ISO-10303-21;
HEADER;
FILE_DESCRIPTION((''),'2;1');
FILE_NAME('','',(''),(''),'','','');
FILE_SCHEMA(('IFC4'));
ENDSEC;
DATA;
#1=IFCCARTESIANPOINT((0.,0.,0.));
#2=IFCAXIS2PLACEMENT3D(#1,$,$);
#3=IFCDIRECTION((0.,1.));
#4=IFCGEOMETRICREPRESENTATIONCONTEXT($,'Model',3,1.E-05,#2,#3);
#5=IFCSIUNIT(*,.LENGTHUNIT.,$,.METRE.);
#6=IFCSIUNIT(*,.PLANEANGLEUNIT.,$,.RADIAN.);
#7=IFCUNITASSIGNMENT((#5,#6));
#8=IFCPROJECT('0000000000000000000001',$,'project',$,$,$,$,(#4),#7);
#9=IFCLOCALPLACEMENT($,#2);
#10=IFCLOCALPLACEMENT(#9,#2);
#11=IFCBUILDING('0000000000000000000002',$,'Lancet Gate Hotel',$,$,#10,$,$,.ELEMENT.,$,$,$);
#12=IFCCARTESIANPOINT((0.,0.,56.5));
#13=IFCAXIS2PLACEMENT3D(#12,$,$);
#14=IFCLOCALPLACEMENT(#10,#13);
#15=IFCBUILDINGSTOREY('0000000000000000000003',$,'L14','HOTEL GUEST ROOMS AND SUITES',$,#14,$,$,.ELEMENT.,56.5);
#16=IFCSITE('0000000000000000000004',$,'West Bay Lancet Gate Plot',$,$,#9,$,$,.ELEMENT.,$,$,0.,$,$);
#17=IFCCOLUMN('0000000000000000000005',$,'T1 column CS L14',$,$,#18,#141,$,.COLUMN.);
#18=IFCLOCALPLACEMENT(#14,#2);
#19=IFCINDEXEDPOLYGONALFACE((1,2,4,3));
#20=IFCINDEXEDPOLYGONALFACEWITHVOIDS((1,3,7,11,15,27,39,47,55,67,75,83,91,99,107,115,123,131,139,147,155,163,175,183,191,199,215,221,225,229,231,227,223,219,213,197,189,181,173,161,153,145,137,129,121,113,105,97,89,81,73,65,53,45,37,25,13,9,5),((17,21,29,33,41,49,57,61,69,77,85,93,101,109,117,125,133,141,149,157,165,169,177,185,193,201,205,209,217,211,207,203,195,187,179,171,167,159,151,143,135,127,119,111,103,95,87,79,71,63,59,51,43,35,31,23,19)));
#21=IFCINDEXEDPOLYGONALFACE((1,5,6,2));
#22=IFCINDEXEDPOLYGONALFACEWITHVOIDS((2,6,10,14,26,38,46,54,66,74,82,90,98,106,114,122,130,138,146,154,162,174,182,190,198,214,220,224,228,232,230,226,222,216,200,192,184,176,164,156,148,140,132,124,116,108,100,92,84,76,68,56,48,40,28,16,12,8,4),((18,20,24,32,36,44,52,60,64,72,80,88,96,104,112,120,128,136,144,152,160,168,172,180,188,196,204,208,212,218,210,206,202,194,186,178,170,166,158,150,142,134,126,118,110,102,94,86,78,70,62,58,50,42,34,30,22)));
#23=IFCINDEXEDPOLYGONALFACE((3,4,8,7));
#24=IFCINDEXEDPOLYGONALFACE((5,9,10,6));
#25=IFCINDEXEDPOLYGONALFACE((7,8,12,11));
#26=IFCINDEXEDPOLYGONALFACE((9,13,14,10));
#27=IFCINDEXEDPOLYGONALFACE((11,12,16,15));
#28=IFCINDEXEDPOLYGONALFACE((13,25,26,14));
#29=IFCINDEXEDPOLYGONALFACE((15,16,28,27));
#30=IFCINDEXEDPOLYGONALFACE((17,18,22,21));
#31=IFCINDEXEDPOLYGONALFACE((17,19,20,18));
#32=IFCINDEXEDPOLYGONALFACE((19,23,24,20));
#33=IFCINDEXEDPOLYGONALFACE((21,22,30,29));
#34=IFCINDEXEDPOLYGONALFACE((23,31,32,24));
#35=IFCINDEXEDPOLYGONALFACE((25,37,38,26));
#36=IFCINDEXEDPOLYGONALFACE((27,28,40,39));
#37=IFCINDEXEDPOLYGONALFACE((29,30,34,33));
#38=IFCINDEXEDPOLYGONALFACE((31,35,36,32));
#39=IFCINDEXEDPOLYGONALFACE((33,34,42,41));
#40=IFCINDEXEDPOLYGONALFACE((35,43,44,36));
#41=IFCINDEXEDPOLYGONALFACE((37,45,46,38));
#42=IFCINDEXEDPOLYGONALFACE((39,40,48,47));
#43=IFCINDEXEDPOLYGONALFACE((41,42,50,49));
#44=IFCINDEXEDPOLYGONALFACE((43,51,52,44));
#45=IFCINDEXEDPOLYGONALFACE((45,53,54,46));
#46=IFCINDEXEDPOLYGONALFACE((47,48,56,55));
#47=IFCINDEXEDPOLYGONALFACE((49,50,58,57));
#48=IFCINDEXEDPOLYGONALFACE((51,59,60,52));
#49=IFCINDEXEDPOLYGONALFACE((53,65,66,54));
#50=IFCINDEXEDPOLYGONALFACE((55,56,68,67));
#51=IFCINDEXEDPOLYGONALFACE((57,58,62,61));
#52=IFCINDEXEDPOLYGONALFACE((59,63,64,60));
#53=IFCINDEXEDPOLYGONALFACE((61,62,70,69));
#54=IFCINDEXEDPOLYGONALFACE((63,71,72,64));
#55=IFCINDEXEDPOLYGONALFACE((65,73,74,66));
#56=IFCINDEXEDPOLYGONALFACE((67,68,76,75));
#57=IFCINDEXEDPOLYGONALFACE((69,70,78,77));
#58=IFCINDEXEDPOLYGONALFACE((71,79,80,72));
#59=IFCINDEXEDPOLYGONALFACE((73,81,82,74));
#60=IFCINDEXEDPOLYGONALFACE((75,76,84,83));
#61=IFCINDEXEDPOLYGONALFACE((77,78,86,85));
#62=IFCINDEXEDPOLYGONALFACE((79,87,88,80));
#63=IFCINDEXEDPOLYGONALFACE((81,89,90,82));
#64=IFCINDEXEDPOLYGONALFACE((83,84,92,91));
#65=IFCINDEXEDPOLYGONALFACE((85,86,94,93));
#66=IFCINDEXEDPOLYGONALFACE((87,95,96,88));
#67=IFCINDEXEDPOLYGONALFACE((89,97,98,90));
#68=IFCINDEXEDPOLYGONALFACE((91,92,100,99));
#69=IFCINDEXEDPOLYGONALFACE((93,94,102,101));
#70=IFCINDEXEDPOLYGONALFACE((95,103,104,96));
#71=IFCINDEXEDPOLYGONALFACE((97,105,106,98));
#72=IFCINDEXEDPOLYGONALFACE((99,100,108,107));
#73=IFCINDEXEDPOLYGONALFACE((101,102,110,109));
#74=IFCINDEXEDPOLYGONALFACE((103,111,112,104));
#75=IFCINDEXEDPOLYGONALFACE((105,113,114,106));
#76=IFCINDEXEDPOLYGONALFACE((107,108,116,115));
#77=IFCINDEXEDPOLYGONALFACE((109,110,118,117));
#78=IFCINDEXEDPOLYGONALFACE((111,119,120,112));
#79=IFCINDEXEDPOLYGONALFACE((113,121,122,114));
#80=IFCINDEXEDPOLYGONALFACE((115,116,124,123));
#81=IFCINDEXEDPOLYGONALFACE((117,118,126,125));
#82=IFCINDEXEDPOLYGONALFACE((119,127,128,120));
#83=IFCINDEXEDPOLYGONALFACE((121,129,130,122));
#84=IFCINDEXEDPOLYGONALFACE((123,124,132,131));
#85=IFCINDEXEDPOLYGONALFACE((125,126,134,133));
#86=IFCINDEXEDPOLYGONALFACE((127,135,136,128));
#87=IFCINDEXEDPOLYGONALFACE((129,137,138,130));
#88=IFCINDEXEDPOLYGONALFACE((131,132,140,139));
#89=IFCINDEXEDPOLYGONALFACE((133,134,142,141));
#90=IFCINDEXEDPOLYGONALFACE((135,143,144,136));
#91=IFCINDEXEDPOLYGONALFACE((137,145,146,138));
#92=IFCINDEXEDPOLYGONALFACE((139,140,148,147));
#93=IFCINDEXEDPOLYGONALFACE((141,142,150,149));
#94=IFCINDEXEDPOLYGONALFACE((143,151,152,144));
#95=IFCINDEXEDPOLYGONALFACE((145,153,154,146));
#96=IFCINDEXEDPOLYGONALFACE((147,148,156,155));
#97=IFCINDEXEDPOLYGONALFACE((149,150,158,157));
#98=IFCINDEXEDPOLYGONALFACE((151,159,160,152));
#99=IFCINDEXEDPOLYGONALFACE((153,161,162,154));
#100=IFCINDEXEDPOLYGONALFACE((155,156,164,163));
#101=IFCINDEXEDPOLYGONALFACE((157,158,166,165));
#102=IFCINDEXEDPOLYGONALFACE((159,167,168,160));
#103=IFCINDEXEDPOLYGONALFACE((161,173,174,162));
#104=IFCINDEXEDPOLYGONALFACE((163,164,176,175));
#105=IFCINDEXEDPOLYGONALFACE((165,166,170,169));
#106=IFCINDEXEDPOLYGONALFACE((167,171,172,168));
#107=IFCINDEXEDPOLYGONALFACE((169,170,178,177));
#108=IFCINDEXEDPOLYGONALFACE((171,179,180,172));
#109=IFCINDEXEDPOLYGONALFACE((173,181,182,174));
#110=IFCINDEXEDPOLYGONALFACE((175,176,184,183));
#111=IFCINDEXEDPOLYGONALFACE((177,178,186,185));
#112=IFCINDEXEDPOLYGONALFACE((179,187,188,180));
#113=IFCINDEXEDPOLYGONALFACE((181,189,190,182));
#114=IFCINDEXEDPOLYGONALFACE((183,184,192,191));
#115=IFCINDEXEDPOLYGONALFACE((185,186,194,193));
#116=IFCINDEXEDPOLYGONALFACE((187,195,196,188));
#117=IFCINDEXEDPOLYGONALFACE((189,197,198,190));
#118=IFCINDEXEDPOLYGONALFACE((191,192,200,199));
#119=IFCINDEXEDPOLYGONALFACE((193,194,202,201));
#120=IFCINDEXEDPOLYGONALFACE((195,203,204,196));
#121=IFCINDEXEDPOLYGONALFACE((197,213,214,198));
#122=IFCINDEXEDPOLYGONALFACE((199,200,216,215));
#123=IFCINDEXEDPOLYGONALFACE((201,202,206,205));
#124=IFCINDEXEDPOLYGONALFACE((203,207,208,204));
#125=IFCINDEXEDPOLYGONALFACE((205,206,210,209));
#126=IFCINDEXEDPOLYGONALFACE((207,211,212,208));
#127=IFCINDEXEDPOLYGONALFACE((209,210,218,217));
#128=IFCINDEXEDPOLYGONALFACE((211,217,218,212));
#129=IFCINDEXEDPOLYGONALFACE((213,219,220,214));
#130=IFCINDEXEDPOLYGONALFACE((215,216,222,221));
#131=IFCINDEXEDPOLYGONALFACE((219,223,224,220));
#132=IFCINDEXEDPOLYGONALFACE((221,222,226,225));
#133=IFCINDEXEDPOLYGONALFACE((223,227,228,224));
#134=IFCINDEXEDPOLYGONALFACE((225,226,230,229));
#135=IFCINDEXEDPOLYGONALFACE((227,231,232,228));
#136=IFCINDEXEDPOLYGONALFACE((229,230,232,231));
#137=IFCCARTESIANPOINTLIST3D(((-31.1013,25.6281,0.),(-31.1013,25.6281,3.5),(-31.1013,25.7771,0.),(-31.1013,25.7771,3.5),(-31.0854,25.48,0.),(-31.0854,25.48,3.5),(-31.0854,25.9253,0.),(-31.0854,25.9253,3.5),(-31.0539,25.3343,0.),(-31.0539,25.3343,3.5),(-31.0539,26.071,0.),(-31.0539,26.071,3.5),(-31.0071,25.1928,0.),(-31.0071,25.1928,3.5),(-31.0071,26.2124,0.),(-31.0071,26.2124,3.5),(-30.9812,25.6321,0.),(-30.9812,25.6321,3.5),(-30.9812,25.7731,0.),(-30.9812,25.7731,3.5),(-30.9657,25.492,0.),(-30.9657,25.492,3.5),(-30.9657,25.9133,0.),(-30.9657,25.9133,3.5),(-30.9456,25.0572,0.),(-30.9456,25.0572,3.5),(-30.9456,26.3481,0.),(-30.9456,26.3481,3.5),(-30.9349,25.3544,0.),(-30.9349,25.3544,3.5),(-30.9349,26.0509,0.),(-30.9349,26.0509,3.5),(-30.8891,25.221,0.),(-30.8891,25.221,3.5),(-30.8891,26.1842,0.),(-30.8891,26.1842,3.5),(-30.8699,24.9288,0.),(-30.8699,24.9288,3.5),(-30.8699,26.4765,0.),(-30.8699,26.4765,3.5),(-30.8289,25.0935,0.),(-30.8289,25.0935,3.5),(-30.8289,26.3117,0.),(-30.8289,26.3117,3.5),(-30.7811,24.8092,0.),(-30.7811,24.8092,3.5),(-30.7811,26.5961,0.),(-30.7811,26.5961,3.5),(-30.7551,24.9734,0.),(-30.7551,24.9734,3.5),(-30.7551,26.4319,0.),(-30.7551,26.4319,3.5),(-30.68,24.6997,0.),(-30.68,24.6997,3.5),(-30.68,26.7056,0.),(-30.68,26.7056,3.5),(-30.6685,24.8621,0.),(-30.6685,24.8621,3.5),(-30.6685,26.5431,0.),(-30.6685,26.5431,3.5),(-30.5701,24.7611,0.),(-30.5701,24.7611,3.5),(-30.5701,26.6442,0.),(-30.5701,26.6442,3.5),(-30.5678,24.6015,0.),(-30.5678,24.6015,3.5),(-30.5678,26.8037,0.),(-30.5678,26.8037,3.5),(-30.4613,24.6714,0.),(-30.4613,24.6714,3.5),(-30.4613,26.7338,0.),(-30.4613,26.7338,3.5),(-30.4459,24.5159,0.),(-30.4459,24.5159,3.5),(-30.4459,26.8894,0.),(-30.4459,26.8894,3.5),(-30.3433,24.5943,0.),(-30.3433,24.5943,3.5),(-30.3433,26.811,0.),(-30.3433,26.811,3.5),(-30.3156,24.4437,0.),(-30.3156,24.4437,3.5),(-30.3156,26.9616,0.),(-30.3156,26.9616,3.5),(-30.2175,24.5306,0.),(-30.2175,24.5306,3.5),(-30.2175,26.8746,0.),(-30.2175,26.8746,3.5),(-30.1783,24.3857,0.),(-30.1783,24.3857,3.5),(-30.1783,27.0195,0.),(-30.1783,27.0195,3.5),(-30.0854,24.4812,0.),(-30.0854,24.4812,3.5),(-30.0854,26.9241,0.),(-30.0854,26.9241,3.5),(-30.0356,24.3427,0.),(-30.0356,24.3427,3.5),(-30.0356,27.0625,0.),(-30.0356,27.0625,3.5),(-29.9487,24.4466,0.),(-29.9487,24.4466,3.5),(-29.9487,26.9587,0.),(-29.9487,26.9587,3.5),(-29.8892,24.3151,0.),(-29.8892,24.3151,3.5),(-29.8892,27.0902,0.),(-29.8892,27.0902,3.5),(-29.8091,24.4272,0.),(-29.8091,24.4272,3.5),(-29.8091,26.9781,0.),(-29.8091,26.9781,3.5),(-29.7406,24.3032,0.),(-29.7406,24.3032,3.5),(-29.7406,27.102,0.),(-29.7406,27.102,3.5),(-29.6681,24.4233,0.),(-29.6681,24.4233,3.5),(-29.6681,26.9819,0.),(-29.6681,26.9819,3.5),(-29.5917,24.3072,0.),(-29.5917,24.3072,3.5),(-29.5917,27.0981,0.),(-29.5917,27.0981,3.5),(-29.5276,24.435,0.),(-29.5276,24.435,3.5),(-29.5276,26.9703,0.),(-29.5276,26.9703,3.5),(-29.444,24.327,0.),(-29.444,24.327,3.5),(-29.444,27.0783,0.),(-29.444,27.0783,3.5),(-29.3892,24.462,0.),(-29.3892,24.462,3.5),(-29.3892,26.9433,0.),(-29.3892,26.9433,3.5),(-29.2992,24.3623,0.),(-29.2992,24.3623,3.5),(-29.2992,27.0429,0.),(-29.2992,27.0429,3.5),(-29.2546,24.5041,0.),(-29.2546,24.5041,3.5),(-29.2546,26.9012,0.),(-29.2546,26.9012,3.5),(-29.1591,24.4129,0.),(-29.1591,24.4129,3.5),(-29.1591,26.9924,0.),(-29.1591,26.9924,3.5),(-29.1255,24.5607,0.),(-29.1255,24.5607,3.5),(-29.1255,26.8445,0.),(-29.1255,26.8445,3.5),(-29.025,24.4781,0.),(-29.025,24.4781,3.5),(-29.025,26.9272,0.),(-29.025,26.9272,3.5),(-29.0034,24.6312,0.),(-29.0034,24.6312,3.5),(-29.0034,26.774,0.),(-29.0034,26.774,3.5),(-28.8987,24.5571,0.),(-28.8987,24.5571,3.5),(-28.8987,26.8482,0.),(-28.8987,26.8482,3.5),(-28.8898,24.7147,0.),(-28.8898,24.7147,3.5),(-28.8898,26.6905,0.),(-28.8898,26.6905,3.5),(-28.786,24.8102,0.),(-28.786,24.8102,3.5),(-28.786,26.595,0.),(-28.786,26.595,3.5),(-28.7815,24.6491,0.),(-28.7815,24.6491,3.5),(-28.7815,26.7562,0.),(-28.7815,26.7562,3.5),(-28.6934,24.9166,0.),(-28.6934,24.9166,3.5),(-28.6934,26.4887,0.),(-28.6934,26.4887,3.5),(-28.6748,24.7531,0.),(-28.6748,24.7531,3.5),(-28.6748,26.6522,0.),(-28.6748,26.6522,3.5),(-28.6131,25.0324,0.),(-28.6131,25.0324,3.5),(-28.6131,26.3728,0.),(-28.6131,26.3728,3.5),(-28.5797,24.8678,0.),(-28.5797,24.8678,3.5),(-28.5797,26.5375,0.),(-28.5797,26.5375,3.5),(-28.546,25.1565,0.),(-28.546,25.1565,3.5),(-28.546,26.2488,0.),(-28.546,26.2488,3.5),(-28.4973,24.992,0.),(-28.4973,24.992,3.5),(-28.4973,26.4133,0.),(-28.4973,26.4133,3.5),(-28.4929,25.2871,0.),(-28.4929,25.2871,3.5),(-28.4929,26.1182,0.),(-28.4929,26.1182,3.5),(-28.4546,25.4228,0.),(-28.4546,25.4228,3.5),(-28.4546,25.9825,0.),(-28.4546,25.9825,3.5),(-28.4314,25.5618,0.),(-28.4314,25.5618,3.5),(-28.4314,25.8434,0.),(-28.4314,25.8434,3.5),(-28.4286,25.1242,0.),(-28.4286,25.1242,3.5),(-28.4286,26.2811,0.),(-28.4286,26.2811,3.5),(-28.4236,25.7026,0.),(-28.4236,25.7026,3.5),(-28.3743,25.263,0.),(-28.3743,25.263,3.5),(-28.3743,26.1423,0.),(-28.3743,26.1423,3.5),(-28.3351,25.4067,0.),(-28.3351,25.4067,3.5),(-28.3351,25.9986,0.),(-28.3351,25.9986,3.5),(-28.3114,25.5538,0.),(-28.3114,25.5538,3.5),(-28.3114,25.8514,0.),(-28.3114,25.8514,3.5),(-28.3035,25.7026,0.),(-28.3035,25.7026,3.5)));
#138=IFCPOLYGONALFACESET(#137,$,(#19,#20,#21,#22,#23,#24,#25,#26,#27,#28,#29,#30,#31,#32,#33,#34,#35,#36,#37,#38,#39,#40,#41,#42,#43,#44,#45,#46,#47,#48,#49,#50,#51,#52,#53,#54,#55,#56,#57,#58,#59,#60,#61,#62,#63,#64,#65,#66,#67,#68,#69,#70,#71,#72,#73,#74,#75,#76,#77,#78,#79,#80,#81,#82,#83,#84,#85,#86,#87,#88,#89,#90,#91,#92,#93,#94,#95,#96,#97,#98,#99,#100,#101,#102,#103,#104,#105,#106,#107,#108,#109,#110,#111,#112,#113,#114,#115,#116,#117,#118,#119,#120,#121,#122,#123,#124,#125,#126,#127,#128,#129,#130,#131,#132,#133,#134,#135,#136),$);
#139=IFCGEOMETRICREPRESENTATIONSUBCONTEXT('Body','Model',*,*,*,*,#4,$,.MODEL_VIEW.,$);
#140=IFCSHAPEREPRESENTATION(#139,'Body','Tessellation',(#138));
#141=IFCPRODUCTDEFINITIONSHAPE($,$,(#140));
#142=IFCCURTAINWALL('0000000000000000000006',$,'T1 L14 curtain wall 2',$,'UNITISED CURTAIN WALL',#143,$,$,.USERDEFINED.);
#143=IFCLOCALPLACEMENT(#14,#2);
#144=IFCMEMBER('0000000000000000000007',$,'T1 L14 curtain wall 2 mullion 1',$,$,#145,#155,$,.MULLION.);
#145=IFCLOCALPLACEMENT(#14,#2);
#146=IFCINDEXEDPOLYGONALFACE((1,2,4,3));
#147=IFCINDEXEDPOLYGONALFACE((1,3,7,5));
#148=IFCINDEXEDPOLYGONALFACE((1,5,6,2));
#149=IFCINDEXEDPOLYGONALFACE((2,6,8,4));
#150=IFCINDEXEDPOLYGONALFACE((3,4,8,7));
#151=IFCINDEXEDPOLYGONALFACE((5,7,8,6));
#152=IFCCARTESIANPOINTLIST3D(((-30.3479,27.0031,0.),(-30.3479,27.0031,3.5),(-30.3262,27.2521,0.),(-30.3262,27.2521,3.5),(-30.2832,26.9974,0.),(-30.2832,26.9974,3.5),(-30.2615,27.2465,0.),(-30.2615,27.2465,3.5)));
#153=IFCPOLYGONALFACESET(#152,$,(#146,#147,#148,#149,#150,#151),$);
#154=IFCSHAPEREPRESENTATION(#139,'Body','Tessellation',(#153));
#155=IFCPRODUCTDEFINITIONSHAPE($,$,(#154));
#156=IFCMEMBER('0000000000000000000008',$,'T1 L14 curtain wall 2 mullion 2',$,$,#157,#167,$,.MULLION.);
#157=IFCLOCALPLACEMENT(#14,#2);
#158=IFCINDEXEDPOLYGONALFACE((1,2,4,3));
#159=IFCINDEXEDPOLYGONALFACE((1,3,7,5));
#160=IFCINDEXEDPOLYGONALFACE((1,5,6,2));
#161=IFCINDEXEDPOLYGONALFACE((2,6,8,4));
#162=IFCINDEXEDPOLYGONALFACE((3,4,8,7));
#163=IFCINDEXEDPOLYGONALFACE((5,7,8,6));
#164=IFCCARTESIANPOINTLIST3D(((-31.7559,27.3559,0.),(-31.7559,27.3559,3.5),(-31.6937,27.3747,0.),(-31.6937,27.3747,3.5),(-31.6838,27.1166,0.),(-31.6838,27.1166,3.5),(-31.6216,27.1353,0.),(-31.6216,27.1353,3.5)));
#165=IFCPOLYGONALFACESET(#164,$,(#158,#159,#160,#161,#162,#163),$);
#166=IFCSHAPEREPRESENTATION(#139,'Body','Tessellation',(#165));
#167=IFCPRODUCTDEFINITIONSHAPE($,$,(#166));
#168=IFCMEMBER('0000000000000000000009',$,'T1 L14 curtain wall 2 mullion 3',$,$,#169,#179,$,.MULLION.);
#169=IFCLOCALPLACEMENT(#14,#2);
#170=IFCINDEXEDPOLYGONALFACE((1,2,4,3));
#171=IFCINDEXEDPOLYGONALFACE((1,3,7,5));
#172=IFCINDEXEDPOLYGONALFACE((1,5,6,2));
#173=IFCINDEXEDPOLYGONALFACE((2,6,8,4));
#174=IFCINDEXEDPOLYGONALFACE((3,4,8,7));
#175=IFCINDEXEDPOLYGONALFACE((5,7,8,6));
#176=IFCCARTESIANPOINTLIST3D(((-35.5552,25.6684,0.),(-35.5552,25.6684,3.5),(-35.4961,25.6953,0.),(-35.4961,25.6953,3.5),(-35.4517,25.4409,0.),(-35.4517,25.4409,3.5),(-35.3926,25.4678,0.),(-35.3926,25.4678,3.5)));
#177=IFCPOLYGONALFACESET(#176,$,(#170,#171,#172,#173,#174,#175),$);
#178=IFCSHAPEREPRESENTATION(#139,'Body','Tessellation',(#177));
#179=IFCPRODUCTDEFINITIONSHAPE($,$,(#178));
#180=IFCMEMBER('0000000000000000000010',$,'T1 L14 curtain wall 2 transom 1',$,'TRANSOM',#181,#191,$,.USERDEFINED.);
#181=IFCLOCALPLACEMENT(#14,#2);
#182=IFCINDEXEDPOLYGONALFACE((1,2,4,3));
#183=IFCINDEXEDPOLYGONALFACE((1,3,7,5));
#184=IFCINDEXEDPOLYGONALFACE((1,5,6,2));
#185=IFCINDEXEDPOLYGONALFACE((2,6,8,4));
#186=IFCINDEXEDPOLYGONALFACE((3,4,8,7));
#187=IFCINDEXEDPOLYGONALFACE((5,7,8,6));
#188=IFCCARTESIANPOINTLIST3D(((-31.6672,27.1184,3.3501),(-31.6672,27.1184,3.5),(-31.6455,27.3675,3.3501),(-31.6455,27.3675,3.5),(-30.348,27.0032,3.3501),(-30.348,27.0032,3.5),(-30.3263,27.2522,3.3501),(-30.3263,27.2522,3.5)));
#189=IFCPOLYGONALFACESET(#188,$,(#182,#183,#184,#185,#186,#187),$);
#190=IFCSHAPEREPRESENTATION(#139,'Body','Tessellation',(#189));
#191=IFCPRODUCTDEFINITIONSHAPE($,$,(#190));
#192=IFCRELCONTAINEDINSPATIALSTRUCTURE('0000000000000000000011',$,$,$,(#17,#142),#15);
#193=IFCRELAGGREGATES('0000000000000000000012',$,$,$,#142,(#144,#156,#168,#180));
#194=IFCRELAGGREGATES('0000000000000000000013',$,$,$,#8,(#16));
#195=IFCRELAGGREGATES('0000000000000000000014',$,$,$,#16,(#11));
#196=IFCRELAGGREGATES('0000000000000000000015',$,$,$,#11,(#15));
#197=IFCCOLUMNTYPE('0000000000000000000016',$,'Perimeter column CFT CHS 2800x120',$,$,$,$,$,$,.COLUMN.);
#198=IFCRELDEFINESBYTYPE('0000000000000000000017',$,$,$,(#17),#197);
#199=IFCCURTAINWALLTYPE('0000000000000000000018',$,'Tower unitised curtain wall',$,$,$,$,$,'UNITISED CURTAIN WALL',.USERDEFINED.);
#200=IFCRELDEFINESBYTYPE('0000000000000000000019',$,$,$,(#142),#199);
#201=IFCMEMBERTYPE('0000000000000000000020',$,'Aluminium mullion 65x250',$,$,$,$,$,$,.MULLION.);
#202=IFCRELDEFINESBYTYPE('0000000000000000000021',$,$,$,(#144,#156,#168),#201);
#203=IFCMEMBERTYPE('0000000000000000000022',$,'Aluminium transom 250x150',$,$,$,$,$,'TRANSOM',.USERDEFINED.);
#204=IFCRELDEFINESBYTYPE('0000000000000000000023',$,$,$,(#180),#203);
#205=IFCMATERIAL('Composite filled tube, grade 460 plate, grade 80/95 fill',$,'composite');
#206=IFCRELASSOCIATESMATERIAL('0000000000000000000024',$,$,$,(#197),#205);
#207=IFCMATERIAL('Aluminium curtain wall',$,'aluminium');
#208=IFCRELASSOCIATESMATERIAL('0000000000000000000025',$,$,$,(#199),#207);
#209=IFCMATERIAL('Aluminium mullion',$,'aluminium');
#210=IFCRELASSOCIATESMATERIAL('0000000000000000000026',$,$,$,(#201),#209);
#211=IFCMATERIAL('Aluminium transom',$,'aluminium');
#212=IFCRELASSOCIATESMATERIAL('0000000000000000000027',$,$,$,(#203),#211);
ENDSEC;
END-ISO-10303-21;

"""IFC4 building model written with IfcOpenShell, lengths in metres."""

from ifc_helpers import new_model, si_unit, direction, frame, origin, origin_2d, place, context, subcontext, project, spatial, rectangle, hollow_circle, extrude, material, material_profile, profile_set, type_object, element, aggregate, save


model = new_model("IFC4")

# Units and contexts
model_context = context("Model", 3, precision=1e-05, world=origin(), true_north=direction((0.0, 1.0)))
body_context = subcontext(model_context, "Body", "Model", "MODEL_VIEW")
ifc_project = project(units=[si_unit("LENGTHUNIT", "METRE"), si_unit("PLANEANGLEUNIT", "RADIAN")], contexts=[model_context])

# Site, building, storey
site_placement = place(None, origin())
site = spatial("IfcSite", under=ifc_project, at=site_placement, Name="West Bay Lancet Gate Plot", CompositionType="ELEMENT", RefElevation=0.0)
building_placement = place(site_placement, origin())
building = spatial("IfcBuilding", under=site, at=building_placement, Name="Lancet Gate Hotel", CompositionType="ELEMENT")
storey_placement = place(building_placement, frame((0.0, 0.0, 56.5)))
storey = spatial("IfcBuildingStorey", under=building, at=storey_placement, Name="L14", Description="HOTEL GUEST ROOMS AND SUITES", CompositionType="ELEMENT", Elevation=56.5)

# Column
ifc_material_1 = material(Name="Composite filled tube, grade 460 plate, grade 80/95 fill", Category="composite")
ifc_material_profile_1 = material_profile(ifc_material_1, hollow_circle(Radius=1.3999, WallThickness=0.1201, at=origin_2d()), Name="CHS 2800x120")
ifc_profile_set_1 = profile_set([ifc_material_profile_1], Name="Composite filled tube, grade 460 plate, grade 80/95 fill")
column_type = type_object("IfcColumnType", Name="Perimeter column CFT CHS 2800x120", PredefinedType="COLUMN", material=ifc_profile_set_1)
column_placement = place(storey_placement, frame((-29.7034, 25.7026, 0.0), z_axis=(0.0, 0.0, 1.0), x_axis=(1.0, 0.0, 0.0)))
element("IfcColumn", 1, at=column_placement, inside=storey, type_object=column_type, Name="T1 column CS L14", PredefinedType="COLUMN", context=body_context, shape_type="SweptSolid", body=[
    extrude(hollow_circle(Radius=1.3999, WallThickness=0.1201, at=origin_2d()), origin(), (0.0, 0.0, 1.0), 3.5),
])

# Curtain wall, members
ifc_material_2 = material(Name="Aluminium curtain wall", Category="aluminium")
curtain_wall_type = type_object("IfcCurtainWallType", Name="Tower unitised curtain wall", ElementType="UNITISED CURTAIN WALL", PredefinedType="USERDEFINED", material=ifc_material_2)
curtain_wall_placement = place(storey_placement, origin())
curtain_wall = element("IfcCurtainWall", 2, at=curtain_wall_placement, inside=storey, type_object=curtain_wall_type, Name="T1 L14 curtain wall 2", ObjectType="UNITISED CURTAIN WALL", PredefinedType="USERDEFINED")
ifc_material_3 = material(Name="Aluminium mullion", Category="aluminium")
ifc_material_profile_2 = material_profile(ifc_material_3, rectangle(XDim=0.0649, YDim=0.25, at=origin_2d()), Name="MULLION 65x250")
ifc_profile_set_2 = profile_set([ifc_material_profile_2], Name="Aluminium mullion")
member_type_1 = type_object("IfcMemberType", Name="Aluminium mullion 65x250", PredefinedType="MULLION", material=ifc_profile_set_2)
member_1_placement = place(storey_placement, frame((-30.3047, 27.1248, 0.0), z_axis=(0.0, 0.0, 1.0), x_axis=(-0.996204, 0.087052, 0.0)))
member_1 = element("IfcMember", 3, at=member_1_placement, type_object=member_type_1, Name="T1 L14 curtain wall 2 mullion 1", PredefinedType="MULLION", context=body_context, shape_type="SweptSolid", body=[
    extrude(rectangle(XDim=0.0649, YDim=0.25, at=origin_2d()), origin(), (0.0, 0.0, 1.0), 3.5),
])
member_2_placement = place(storey_placement, frame((-31.6887, 27.2456, 0.0), z_axis=(0.0, 0.0, 1.0), x_axis=(-0.957524, -0.288352, 0.0)))
member_2 = element("IfcMember", 4, at=member_2_placement, type_object=member_type_1, Name="T1 L14 curtain wall 2 mullion 2", PredefinedType="MULLION", context=body_context, shape_type="SweptSolid", body=[
    extrude(rectangle(XDim=0.0649, YDim=0.25, at=origin_2d()), origin(), (0.0, 0.0, 1.0), 3.5),
])
member_3_placement = place(storey_placement, frame((-35.4739, 25.5681, 0.0), z_axis=(0.0, 0.0, 1.0), x_axis=(-0.91022, -0.414126, 0.0)))
member_3 = element("IfcMember", 5, at=member_3_placement, type_object=member_type_1, Name="T1 L14 curtain wall 2 mullion 3", PredefinedType="MULLION", context=body_context, shape_type="SweptSolid", body=[
    extrude(rectangle(XDim=0.0649, YDim=0.25, at=origin_2d()), origin(), (0.0, 0.0, 1.0), 3.5),
])
ifc_material_4 = material(Name="Aluminium transom", Category="aluminium")
ifc_material_profile_3 = material_profile(ifc_material_4, rectangle(XDim=0.25, YDim=0.1499, at=origin_2d()), Name="TRANSOM 250x150")
ifc_profile_set_3 = profile_set([ifc_material_profile_3], Name="Aluminium transom")
member_type_2 = type_object("IfcMemberType", Name="Aluminium transom 250x150", ElementType="TRANSOM", PredefinedType="USERDEFINED", material=ifc_profile_set_3)
member_4_placement = place(storey_placement, frame((-30.3372, 27.1277, 3.425), z_axis=(-0.996206, 0.087027, 0.0), x_axis=(-0.087027, -0.996206, 0.0)))
member_4 = element("IfcMember", 6, at=member_4_placement, type_object=member_type_2, Name="T1 L14 curtain wall 2 transom 1", ObjectType="TRANSOM", PredefinedType="USERDEFINED", context=body_context, shape_type="SweptSolid", body=[
    extrude(rectangle(XDim=0.25, YDim=0.1499, at=origin_2d()), origin(), (0.0, 0.0, 1.0), 1.3242),
])

aggregate(curtain_wall, [member_1, member_2, member_3, member_4])

save(model, "model.ifc")
